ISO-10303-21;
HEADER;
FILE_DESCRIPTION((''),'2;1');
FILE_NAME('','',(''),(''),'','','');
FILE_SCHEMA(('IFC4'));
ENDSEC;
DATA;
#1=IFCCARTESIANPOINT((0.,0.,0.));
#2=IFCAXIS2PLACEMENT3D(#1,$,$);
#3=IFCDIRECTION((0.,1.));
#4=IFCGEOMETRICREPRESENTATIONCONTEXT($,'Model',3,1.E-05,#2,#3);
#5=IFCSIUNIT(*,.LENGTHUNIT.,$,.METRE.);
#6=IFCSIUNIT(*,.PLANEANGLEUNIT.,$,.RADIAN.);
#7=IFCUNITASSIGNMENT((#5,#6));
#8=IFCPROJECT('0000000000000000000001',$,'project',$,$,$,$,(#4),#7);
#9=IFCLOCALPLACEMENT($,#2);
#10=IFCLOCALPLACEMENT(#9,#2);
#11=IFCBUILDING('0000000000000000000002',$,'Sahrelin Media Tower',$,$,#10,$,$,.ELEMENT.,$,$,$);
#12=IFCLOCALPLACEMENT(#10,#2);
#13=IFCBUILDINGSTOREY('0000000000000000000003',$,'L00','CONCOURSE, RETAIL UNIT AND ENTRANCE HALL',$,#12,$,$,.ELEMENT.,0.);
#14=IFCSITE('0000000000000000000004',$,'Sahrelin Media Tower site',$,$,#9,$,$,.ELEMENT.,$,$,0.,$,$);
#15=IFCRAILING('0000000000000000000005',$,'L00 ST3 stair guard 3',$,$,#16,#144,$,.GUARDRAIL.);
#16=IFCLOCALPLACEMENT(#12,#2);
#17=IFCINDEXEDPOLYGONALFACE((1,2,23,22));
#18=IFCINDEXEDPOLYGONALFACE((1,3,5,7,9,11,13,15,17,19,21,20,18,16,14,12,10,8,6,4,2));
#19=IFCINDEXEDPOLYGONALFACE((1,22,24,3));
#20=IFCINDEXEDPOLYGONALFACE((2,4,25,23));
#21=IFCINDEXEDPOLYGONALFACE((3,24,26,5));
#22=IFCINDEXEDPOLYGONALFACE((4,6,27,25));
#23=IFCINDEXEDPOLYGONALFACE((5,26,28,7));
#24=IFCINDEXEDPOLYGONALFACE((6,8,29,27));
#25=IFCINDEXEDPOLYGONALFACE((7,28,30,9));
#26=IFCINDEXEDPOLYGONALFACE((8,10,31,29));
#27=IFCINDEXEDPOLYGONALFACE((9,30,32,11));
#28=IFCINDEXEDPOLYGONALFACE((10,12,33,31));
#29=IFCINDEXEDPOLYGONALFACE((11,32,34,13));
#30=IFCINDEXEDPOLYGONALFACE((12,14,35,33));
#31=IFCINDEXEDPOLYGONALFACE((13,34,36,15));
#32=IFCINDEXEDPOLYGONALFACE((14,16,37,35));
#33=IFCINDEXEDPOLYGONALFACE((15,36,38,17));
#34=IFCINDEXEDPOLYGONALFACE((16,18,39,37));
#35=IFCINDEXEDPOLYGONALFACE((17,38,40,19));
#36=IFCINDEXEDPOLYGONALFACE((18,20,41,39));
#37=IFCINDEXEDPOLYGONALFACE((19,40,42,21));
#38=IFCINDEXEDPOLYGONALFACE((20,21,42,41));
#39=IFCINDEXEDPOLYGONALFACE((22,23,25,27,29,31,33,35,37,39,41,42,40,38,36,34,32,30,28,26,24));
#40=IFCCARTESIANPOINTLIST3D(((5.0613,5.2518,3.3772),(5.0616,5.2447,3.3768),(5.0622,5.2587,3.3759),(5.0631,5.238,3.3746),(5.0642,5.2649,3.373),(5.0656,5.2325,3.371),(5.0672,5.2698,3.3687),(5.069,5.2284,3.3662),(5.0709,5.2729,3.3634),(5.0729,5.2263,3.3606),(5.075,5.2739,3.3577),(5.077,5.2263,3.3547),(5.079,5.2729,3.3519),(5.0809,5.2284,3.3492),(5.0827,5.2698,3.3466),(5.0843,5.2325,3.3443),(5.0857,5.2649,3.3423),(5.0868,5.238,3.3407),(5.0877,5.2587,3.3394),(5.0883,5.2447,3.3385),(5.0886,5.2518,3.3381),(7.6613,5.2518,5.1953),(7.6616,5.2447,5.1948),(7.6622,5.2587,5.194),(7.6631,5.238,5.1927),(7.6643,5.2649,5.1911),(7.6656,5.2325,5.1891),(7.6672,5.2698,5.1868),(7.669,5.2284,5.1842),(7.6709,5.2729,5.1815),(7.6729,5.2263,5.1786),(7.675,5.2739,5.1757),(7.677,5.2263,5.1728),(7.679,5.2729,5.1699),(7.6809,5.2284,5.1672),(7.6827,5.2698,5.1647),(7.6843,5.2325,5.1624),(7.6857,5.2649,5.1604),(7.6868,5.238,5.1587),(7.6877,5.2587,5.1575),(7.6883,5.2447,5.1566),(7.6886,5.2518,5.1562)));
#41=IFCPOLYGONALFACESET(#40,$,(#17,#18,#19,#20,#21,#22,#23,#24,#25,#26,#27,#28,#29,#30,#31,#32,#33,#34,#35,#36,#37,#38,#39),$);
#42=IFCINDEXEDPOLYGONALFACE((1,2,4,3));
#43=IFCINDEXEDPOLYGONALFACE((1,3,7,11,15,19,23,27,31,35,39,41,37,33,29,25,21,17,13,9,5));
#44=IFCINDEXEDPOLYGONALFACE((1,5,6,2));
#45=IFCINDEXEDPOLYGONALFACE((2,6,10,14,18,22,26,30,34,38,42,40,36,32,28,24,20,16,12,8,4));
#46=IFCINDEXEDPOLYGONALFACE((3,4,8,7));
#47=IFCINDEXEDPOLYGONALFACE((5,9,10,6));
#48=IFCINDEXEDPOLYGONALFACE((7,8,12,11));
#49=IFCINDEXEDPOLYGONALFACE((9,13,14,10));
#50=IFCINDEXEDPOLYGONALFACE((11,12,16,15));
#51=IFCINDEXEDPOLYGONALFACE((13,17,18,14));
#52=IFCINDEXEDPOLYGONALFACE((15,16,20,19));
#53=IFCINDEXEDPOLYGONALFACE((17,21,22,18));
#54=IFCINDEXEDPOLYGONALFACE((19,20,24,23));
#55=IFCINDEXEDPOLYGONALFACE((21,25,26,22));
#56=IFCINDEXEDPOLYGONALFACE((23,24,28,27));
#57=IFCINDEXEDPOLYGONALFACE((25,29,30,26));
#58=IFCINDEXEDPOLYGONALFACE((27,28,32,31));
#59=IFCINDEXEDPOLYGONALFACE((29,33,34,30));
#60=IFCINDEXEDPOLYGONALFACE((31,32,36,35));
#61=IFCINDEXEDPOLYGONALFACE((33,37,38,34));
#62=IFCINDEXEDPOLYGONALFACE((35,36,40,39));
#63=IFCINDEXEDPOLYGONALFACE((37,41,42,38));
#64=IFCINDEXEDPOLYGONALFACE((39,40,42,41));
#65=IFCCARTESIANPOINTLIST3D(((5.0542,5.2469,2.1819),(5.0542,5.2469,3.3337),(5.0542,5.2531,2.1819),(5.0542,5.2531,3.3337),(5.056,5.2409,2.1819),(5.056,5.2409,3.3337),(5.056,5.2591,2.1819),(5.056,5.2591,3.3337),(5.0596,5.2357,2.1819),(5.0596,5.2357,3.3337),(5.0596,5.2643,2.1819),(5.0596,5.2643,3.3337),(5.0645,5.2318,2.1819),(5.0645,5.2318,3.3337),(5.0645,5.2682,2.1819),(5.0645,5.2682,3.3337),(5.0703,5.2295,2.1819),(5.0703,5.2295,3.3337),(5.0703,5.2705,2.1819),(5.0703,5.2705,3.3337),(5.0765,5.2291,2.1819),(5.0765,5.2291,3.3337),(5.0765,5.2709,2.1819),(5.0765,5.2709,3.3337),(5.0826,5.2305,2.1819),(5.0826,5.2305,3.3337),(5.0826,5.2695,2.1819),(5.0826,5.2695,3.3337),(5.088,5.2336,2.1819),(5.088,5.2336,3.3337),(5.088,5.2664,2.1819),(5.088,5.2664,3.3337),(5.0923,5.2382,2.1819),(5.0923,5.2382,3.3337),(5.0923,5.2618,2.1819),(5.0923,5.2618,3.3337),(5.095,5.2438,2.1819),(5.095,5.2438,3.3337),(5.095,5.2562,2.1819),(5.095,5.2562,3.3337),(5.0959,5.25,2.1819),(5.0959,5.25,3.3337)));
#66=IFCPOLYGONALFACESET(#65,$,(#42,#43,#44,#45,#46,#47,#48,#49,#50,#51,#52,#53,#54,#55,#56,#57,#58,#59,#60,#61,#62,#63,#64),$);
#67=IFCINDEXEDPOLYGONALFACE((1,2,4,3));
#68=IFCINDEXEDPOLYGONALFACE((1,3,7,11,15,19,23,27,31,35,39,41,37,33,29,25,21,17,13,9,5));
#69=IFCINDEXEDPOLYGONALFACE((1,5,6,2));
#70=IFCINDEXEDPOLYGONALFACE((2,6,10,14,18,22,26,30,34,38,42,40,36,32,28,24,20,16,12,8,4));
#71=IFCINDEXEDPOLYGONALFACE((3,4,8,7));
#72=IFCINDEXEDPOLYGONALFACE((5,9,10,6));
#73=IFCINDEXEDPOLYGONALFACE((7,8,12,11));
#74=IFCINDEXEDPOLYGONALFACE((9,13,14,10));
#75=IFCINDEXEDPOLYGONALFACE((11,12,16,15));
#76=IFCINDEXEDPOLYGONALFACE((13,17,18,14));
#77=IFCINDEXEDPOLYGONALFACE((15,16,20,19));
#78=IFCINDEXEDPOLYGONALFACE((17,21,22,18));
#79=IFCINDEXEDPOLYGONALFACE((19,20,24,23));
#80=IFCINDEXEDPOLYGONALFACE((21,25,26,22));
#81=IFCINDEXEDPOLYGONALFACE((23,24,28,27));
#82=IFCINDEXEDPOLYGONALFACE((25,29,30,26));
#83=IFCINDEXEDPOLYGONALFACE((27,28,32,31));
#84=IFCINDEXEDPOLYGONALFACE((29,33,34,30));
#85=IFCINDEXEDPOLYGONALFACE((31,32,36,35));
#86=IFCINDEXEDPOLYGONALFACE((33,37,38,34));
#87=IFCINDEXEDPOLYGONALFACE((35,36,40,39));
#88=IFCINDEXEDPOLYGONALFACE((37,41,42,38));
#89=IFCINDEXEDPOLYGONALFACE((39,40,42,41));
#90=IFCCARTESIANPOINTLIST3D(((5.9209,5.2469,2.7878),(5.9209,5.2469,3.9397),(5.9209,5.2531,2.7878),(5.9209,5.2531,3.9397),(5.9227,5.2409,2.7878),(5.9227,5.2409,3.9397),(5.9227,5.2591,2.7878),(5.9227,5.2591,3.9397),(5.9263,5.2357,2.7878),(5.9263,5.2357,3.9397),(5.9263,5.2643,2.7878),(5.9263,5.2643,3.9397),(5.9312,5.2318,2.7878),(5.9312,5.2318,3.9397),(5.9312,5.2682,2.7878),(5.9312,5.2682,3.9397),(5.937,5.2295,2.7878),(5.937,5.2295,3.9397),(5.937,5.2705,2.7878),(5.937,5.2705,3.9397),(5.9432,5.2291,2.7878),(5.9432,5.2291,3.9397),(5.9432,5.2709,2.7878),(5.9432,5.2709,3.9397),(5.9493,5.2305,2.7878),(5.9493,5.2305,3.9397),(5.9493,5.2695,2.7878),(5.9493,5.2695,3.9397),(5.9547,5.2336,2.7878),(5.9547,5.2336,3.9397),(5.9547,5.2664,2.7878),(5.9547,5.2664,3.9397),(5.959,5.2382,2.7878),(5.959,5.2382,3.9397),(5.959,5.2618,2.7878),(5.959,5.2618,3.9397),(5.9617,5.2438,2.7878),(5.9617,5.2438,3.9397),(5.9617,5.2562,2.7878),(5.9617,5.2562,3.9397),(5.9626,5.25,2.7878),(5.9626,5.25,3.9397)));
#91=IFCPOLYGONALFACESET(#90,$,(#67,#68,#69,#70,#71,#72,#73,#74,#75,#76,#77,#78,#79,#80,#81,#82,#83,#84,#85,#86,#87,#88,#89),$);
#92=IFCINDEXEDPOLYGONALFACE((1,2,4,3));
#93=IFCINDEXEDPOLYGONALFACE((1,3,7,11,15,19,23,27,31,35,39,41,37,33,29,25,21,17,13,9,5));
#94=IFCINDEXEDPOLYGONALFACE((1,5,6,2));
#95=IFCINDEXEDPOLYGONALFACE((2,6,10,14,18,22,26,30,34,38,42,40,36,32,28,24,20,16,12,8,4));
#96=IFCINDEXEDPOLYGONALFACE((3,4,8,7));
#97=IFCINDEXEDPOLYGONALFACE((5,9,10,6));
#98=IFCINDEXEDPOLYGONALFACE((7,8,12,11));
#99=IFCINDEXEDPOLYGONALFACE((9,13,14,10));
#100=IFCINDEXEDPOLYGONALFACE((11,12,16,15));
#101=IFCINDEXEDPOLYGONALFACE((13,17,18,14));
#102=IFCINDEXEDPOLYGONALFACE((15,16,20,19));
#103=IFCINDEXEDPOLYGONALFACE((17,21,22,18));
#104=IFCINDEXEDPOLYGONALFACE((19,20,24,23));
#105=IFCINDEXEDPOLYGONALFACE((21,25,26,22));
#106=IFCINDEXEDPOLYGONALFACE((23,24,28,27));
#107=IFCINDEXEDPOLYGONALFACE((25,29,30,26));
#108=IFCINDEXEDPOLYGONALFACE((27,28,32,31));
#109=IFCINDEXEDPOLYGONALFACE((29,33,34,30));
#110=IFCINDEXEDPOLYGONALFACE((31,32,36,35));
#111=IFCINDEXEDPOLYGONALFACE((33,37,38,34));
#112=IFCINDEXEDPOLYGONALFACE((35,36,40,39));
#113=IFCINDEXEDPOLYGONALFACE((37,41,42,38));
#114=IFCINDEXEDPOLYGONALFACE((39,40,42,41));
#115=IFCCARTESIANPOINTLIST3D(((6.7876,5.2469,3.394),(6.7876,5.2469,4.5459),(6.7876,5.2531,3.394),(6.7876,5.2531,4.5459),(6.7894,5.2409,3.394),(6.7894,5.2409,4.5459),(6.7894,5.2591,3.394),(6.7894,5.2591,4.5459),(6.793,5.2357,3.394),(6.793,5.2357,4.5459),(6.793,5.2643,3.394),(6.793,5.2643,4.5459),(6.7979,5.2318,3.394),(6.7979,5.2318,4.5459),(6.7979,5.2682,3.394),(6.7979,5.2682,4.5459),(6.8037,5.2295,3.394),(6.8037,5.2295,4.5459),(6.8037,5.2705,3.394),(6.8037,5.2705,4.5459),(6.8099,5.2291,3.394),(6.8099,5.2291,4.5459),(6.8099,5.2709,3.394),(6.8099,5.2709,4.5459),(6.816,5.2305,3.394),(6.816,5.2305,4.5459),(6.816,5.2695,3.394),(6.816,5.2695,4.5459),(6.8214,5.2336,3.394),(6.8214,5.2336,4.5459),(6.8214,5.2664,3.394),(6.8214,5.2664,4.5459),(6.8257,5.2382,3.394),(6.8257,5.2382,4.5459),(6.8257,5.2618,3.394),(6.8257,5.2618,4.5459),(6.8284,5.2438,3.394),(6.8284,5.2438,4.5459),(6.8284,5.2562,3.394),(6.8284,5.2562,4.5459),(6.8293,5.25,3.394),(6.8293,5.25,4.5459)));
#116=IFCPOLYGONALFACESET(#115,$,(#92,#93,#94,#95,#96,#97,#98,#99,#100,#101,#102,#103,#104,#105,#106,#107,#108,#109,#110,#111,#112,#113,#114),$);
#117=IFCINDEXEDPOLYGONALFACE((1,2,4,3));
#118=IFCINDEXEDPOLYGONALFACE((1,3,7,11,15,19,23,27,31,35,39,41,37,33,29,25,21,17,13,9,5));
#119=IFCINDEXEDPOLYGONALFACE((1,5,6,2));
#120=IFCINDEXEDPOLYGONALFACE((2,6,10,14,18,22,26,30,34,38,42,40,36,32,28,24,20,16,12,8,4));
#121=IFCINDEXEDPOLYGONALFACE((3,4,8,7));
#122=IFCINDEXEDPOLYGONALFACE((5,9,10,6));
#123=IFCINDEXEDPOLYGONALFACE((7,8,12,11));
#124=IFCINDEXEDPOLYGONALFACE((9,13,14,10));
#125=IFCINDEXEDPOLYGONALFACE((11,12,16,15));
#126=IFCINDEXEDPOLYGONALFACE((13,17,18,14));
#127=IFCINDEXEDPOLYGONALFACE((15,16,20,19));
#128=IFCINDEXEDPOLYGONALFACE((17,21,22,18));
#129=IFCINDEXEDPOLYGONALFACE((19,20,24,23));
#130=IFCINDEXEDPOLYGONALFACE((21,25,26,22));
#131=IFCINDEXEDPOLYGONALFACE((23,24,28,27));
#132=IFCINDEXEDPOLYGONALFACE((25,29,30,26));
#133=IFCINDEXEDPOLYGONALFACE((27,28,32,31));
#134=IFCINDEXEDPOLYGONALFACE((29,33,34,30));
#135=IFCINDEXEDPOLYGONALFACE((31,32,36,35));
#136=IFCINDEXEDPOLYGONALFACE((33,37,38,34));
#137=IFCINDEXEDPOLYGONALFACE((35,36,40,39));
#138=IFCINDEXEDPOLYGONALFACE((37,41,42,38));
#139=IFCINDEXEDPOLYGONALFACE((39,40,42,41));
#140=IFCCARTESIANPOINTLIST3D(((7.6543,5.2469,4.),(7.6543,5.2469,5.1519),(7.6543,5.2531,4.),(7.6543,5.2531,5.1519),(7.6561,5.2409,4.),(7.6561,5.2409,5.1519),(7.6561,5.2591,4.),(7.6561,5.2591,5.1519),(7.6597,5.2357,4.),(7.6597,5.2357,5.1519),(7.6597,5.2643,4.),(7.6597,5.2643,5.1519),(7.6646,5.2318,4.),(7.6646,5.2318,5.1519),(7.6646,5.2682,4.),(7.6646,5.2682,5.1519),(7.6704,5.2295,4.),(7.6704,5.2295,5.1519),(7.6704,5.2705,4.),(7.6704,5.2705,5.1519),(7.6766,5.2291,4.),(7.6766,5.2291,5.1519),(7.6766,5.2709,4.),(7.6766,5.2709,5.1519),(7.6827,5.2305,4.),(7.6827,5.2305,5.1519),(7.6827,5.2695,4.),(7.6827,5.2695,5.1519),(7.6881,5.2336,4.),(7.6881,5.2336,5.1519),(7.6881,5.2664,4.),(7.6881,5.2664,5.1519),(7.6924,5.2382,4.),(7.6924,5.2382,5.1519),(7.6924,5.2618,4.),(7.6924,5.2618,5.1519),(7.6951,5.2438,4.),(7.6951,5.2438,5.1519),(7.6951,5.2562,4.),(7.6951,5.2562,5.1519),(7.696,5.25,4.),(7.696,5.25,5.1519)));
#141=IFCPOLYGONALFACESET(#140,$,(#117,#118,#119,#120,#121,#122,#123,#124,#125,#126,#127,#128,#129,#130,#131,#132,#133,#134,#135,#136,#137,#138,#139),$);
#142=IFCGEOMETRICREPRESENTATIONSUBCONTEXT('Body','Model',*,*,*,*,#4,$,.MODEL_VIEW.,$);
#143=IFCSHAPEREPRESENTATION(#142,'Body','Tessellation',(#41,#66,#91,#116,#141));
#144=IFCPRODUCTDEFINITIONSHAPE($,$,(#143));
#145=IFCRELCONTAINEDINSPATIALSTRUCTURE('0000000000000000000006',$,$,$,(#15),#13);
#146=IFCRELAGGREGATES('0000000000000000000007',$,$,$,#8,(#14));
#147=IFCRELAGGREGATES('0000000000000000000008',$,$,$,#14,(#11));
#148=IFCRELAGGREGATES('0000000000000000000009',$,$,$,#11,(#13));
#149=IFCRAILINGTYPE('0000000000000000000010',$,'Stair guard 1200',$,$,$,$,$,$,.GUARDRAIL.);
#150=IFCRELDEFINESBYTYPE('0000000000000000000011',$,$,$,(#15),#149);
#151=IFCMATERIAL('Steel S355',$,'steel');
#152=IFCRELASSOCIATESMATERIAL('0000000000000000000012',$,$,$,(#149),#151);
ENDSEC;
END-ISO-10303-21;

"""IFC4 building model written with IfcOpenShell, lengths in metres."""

from ifc_helpers import new_model, si_unit, direction, frame, origin, origin_2d, place, context, subcontext, project, spatial, circle, extrude, material, type_object, element, save


model = new_model("IFC4")

# Units and contexts
model_context = context("Model", 3, precision=1e-05, world=origin(), true_north=direction((0.0, 1.0)))
body_context = subcontext(model_context, "Body", "Model", "MODEL_VIEW")
ifc_project = project(units=[si_unit("LENGTHUNIT", "METRE"), si_unit("PLANEANGLEUNIT", "RADIAN")], contexts=[model_context])

# Site, building, storey
site_placement = place(None, origin())
site = spatial("IfcSite", under=ifc_project, at=site_placement, Name="Sahrelin Media Tower site", CompositionType="ELEMENT", RefElevation=0.0)
building_placement = place(site_placement, origin())
building = spatial("IfcBuilding", under=site, at=building_placement, Name="Sahrelin Media Tower", CompositionType="ELEMENT")
storey_placement = place(building_placement, origin())
storey = spatial("IfcBuildingStorey", under=building, at=storey_placement, Name="L00", Description="CONCOURSE, RETAIL UNIT AND ENTRANCE HALL", CompositionType="ELEMENT", Elevation=0.0)

# Shared definitions
ifc_material_1 = material(Name="Steel S355", Category="steel")

# Railing
railing_type_1 = type_object("IfcRailingType", Name="Stair guard 1200", PredefinedType="GUARDRAIL", material=ifc_material_1)
railing_1_placement = place(storey_placement, frame((5.075, 5.25, 2.1819)))
element("IfcRailing", 1, at=railing_1_placement, inside=storey, type_object=railing_type_1, Name="L00 ST3 stair guard 3", PredefinedType="GUARDRAIL", context=body_context, shape_type="SweptSolid", body=[
    extrude(circle(Radius=0.0239, at=origin_2d()), frame((0.0, 0.0, 1.1758), z_axis=(0.819521, 0.0, 0.573049), x_axis=(0.0, 1.0, 0.0)), (0.0, 0.0, 1.0), 3.1726),
    extrude(circle(Radius=0.021, at=origin_2d()), origin(), (0.0, 0.0, 1.0), 1.1519),
    extrude(circle(Radius=0.021, at=origin_2d()), frame((0.8667, 0.0, 0.606)), (0.0, 0.0, 1.0), 1.1519),
    extrude(circle(Radius=0.021, at=origin_2d()), frame((1.7334, 0.0, 1.2122)), (0.0, 0.0, 1.0), 1.1519),
    extrude(circle(Radius=0.021, at=origin_2d()), frame((2.6001, 0.0, 1.8181)), (0.0, 0.0, 1.0), 1.1519),
])

save(model, "model.ifc")
